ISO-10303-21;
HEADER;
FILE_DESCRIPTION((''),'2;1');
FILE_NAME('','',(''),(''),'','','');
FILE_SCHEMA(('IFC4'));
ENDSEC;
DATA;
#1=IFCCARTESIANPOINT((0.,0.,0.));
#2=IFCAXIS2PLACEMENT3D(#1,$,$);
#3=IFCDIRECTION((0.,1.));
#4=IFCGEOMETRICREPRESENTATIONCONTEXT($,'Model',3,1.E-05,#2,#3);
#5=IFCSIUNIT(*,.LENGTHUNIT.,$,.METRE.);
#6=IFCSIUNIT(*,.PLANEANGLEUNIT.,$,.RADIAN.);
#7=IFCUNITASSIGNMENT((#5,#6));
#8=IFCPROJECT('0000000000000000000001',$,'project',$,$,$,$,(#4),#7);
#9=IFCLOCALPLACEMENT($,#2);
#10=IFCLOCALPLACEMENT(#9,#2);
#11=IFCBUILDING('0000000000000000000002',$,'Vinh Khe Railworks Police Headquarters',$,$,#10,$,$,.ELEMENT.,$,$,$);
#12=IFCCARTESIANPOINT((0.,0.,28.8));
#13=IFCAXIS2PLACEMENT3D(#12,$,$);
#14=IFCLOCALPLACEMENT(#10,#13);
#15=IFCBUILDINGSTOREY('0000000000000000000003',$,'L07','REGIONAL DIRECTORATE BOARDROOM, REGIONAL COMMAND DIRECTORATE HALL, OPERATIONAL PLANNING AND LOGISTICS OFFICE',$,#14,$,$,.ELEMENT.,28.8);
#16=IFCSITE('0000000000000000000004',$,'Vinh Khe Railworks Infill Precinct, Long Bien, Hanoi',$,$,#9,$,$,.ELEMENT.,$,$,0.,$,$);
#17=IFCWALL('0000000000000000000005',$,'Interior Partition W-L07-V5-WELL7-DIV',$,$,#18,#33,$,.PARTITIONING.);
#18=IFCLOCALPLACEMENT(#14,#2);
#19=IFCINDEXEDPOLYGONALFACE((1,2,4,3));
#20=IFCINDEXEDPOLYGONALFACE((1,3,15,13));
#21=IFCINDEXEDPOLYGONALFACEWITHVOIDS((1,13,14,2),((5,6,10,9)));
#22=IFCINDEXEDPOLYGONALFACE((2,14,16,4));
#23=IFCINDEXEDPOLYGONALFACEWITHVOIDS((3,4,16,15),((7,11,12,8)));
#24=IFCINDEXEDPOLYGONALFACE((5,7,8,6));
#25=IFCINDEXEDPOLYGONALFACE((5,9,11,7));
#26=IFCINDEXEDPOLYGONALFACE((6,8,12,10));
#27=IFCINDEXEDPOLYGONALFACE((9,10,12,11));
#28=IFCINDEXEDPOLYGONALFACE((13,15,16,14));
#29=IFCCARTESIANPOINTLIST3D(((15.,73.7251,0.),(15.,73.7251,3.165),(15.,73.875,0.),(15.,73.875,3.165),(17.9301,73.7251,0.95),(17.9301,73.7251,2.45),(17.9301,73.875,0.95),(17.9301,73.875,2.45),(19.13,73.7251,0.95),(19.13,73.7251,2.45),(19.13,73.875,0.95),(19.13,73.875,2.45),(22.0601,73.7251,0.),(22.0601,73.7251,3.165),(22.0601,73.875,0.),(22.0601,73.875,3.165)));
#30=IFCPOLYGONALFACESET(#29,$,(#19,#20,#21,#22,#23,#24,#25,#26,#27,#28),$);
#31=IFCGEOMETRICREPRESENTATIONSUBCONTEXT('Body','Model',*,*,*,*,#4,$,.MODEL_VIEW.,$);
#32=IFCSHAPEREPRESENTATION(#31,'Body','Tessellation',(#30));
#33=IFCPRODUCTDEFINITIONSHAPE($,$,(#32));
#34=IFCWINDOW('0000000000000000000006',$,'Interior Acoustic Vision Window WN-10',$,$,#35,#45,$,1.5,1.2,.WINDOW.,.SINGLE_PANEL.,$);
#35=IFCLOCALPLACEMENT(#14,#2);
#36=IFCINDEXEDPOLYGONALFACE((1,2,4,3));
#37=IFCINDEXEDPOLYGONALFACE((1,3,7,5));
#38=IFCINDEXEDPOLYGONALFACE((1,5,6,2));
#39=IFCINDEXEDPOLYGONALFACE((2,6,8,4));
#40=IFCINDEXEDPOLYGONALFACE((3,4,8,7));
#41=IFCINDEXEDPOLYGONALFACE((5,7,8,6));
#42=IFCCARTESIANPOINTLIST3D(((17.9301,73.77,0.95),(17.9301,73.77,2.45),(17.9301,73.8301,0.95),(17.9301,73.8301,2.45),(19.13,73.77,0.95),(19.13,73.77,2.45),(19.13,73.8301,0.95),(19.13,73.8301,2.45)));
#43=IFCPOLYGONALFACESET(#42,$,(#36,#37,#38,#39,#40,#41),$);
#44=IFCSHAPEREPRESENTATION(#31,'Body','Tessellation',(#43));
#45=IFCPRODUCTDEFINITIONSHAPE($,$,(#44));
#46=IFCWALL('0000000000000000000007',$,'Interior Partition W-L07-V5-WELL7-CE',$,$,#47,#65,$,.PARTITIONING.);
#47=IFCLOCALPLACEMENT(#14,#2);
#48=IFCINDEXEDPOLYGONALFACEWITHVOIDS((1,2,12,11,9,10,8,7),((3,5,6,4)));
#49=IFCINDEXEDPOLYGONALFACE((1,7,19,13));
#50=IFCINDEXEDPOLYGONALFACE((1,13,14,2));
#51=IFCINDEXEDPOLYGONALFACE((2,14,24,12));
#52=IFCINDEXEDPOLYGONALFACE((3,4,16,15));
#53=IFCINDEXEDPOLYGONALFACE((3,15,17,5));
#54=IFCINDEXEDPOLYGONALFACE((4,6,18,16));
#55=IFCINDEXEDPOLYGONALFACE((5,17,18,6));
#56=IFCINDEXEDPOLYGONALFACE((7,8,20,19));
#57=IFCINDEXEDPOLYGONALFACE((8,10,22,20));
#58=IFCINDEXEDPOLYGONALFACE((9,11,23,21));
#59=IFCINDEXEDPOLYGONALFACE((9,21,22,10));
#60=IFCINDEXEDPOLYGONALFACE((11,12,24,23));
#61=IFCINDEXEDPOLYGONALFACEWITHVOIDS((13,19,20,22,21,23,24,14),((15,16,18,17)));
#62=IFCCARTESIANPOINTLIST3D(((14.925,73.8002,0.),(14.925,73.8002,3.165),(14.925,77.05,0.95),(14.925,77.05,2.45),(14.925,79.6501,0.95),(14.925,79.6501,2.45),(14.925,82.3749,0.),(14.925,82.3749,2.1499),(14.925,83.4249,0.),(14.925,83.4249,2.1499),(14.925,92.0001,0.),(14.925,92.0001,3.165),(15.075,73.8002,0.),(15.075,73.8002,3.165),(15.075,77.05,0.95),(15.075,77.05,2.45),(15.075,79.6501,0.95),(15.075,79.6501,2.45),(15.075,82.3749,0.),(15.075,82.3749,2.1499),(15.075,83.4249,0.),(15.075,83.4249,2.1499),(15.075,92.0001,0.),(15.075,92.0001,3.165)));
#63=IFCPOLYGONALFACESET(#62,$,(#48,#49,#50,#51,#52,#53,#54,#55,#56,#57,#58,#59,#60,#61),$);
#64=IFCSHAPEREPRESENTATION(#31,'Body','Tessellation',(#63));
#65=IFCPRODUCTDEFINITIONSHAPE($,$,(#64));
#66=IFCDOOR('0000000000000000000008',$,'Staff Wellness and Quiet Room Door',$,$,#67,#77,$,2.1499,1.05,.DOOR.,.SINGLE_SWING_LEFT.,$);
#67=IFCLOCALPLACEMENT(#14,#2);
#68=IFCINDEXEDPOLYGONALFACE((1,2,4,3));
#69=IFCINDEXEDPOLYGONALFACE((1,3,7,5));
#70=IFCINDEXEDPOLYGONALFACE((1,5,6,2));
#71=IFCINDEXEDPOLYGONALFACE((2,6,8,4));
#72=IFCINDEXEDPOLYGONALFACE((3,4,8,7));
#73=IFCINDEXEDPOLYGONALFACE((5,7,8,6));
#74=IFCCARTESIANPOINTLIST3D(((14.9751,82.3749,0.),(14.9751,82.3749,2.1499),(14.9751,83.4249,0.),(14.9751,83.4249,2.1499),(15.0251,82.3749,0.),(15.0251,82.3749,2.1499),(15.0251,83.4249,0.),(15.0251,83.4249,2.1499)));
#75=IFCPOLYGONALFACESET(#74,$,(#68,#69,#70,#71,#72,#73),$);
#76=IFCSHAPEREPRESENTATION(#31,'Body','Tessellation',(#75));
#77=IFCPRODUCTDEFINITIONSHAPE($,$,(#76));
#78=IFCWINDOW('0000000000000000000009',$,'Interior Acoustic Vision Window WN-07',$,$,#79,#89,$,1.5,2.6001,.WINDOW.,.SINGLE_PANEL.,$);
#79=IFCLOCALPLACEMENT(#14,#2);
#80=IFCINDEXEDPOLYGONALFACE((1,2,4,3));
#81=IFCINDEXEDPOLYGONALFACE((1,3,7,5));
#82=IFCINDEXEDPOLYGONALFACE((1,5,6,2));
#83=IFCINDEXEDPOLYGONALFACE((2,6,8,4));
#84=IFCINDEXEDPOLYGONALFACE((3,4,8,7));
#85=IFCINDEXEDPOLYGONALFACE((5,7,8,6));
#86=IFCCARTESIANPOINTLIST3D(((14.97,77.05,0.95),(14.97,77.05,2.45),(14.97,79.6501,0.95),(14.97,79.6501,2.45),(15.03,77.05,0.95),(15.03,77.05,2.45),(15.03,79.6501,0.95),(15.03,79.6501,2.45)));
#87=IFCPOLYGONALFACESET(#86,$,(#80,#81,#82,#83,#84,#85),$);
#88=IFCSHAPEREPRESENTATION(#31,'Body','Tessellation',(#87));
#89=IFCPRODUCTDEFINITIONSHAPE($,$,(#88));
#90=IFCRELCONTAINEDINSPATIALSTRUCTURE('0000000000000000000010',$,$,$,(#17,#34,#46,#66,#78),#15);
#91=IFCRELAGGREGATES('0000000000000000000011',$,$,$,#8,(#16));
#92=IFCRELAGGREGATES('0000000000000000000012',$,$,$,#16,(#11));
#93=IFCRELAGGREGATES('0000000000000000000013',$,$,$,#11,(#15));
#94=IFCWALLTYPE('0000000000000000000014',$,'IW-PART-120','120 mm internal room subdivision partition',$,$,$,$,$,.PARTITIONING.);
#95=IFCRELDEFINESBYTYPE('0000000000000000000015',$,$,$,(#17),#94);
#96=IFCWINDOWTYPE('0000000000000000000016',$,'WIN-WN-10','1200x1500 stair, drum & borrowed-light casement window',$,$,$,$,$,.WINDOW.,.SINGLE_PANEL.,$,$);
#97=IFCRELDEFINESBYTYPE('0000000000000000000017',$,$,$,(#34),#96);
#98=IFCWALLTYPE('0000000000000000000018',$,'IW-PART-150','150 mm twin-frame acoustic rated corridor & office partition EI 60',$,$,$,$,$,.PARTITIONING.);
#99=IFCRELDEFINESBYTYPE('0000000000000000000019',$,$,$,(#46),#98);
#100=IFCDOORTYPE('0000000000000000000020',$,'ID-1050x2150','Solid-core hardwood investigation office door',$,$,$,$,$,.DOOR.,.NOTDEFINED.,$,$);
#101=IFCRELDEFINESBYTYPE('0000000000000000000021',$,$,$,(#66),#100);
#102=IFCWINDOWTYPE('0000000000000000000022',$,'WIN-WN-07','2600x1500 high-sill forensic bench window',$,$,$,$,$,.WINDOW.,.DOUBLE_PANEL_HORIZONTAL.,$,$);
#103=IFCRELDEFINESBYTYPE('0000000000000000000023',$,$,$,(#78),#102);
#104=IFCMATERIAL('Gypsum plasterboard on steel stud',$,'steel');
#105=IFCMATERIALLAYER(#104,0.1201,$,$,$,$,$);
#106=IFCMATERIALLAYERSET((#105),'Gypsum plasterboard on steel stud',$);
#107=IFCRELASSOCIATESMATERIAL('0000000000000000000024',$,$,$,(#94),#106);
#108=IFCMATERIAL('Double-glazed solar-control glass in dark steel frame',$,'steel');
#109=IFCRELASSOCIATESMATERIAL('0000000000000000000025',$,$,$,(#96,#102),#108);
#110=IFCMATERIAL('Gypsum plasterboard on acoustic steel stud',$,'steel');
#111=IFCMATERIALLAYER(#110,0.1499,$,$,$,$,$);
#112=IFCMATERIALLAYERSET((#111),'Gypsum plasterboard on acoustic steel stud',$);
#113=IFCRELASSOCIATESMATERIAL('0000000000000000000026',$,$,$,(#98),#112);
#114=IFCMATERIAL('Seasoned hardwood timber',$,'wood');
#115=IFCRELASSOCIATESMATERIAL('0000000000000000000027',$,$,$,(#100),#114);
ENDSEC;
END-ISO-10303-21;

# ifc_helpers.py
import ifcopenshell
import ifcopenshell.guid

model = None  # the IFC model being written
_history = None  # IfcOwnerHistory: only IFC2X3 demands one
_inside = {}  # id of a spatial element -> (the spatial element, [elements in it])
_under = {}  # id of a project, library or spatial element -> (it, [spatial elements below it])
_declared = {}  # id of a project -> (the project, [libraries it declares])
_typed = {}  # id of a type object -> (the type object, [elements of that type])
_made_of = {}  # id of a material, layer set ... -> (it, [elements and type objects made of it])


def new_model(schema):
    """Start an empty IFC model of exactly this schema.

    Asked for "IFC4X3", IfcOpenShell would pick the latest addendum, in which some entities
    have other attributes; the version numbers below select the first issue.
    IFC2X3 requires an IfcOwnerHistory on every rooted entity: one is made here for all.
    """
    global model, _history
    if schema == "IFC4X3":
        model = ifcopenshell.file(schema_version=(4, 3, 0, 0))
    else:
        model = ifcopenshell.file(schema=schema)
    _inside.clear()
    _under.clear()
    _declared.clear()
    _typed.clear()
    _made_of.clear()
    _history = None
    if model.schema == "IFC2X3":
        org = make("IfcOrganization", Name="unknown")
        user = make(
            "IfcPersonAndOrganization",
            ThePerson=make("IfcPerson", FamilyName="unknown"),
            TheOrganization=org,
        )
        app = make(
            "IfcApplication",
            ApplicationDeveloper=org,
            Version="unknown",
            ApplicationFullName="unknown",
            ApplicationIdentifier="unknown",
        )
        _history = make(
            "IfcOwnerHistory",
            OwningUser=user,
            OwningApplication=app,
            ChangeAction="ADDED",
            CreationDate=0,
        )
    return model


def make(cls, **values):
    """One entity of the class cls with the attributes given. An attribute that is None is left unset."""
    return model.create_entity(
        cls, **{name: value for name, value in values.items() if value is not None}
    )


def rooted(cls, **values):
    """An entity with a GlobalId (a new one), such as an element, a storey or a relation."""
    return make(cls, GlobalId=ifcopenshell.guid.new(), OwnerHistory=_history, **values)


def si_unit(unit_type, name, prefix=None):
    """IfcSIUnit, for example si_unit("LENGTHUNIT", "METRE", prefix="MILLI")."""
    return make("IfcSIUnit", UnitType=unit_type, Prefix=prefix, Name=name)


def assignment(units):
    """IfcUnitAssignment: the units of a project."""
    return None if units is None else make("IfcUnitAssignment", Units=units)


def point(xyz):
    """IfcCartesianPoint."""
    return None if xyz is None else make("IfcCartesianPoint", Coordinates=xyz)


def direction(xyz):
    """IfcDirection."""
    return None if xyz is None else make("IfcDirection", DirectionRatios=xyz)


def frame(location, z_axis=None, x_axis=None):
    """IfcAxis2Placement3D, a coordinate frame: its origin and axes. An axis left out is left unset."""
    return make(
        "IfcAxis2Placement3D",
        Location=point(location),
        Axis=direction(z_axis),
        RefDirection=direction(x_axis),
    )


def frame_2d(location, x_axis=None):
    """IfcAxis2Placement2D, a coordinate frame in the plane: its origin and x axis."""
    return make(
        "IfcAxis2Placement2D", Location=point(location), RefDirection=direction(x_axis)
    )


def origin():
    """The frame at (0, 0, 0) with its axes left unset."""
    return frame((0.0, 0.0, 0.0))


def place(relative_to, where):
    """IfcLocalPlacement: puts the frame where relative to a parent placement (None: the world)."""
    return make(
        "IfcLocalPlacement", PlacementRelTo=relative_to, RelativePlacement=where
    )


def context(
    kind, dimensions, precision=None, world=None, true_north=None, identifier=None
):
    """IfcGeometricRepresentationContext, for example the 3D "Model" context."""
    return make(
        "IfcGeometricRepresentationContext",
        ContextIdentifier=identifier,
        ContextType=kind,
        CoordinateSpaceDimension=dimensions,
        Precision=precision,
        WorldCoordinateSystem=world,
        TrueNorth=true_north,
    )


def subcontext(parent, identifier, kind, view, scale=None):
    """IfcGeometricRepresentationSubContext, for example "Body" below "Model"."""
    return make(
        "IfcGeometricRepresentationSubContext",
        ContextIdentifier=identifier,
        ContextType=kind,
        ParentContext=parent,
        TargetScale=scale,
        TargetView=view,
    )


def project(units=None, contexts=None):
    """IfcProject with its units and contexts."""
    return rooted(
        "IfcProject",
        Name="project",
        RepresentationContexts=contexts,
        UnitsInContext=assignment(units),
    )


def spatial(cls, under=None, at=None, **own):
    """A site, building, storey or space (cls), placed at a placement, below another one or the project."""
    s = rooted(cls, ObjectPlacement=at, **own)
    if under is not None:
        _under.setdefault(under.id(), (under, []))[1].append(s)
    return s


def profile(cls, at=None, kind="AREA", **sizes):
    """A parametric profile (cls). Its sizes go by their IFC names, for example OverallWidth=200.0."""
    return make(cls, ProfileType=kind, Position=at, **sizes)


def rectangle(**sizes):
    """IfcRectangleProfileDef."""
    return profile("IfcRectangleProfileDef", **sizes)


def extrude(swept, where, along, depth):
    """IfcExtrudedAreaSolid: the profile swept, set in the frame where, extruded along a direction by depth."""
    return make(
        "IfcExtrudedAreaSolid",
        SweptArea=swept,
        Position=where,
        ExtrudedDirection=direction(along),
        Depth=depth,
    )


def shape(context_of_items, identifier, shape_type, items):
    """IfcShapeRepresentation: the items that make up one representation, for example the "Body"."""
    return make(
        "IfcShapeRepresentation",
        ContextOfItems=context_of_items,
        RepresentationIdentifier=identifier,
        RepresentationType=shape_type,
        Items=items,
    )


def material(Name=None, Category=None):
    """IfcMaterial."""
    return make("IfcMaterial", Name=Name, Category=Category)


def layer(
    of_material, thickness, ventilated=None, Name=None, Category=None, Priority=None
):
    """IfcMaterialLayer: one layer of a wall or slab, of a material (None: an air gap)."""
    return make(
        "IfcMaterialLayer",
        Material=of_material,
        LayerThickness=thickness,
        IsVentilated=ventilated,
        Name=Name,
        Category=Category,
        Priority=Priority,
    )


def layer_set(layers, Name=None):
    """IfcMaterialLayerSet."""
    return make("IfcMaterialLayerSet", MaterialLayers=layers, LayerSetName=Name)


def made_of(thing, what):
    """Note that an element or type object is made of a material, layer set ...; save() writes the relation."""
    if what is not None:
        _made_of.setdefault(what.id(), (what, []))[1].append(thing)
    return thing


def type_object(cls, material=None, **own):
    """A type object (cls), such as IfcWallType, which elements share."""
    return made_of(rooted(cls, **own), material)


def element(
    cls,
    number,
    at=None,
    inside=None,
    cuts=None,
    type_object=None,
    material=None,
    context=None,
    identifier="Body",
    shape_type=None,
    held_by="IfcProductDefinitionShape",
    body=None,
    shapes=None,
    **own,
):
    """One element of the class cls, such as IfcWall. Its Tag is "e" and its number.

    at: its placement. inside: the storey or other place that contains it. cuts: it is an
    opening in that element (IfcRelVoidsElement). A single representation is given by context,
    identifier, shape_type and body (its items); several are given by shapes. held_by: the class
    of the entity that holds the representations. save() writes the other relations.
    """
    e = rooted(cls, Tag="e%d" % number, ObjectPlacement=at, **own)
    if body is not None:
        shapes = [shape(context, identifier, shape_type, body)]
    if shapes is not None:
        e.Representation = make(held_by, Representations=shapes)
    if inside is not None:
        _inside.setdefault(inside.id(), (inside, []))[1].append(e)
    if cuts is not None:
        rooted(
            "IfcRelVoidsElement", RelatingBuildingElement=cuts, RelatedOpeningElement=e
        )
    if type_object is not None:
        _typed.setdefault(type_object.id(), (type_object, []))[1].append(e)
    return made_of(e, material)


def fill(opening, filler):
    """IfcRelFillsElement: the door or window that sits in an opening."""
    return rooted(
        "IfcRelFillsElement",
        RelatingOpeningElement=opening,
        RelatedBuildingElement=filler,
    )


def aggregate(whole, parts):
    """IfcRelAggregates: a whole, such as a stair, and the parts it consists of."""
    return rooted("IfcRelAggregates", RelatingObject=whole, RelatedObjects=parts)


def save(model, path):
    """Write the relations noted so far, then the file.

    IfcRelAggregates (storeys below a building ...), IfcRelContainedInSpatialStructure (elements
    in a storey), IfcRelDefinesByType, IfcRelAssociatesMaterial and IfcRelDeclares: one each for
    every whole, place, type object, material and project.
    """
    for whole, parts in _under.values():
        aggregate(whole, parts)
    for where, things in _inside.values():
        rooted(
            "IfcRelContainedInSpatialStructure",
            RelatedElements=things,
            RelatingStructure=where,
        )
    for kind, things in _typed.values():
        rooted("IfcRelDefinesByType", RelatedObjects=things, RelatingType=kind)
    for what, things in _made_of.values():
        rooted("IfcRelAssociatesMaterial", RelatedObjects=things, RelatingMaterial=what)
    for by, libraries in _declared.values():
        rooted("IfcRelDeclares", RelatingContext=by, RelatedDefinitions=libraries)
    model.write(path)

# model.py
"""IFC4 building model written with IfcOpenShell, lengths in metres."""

from ifc_helpers import new_model, si_unit, direction, frame, frame_2d, origin, place, context, subcontext, project, spatial, rectangle, extrude, material, layer, layer_set, type_object, element, fill, save


model = new_model("IFC4")

# Units and contexts
model_context = context("Model", 3, precision=1e-05, world=origin(), true_north=direction((0.0, 1.0)))
body_context = subcontext(model_context, "Body", "Model", "MODEL_VIEW")
ifc_project = project(units=[si_unit("LENGTHUNIT", "METRE"), si_unit("PLANEANGLEUNIT", "RADIAN")], contexts=[model_context])

# Site, building, storey
site_placement = place(None, origin())
site = spatial("IfcSite", under=ifc_project, at=site_placement, Name="Vinh Khe Railworks Infill Precinct, Long Bien, Hanoi", CompositionType="ELEMENT", RefElevation=0.0)
building_placement = place(site_placement, origin())
building = spatial("IfcBuilding", under=site, at=building_placement, Name="Vinh Khe Railworks Police Headquarters", CompositionType="ELEMENT")
storey_placement = place(building_placement, frame((0.0, 0.0, 28.8)))
storey = spatial("IfcBuildingStorey", under=building, at=storey_placement, Name="L07", Description="REGIONAL DIRECTORATE BOARDROOM, REGIONAL COMMAND DIRECTORATE HALL, OPERATIONAL PLANNING AND LOGISTICS OFFICE", CompositionType="ELEMENT", Elevation=28.8)

# Wall, opening, window
ifc_material_1 = material(Name="Double-glazed solar-control glass in dark steel frame", Category="steel")
ifc_material_2 = material(Name="Gypsum plasterboard on steel stud", Category="steel")
ifc_layer_1 = layer(ifc_material_2, 0.1201)
ifc_layer_set_1 = layer_set([ifc_layer_1], Name="Gypsum plasterboard on steel stud")
wall_type_1 = type_object("IfcWallType", Name="IW-PART-120", Description="120 mm internal room subdivision partition", PredefinedType="PARTITIONING", material=ifc_layer_set_1)
wall_1_placement = place(storey_placement, frame((15.0, 73.8, 0.0), z_axis=(0.0, 0.0, 1.0), x_axis=(1.0, 0.0, 0.0)))
wall_1 = element("IfcWall", 1, at=wall_1_placement, inside=storey, type_object=wall_type_1, Name="Interior Partition W-L07-V5-WELL7-DIV", PredefinedType="PARTITIONING", context=body_context, shape_type="SweptSolid", body=[
    extrude(rectangle(XDim=7.0601, YDim=0.1499, at=frame_2d((3.53, 0.0))), origin(), (0.0, 0.0, 1.0), 3.165),
])
opening_1_placement = place(wall_1_placement, frame((2.9299, 0.0, 0.95)))
opening_1 = element("IfcOpeningElement", 2, at=opening_1_placement, cuts=wall_1, PredefinedType="OPENING", context=body_context, shape_type="SweptSolid", body=[
    extrude(rectangle(XDim=1.2, YDim=1.5, at=frame_2d((0.6001, 0.75))), frame((0.0, 0.0898, 0.0), z_axis=(0.0, -1.0, 0.0), x_axis=(1.0, 0.0, 0.0)), (0.0, 0.0, 1.0), 0.1797),
])
window_type_1 = type_object("IfcWindowType", Name="WIN-WN-10", Description="1200x1500 stair, drum & borrowed-light casement window", PartitioningType="SINGLE_PANEL", PredefinedType="WINDOW", material=ifc_material_1)
window_1_placement = place(opening_1_placement, origin())
window_1 = element("IfcWindow", 3, at=window_1_placement, inside=storey, type_object=window_type_1, Name="Interior Acoustic Vision Window WN-10", OverallHeight=1.5, OverallWidth=1.2, PartitioningType="SINGLE_PANEL", PredefinedType="WINDOW", context=body_context, shape_type="SweptSolid", body=[
    extrude(rectangle(XDim=1.2, YDim=1.5, at=frame_2d((0.6001, 0.75))), frame((0.0, 0.03, 0.0), z_axis=(0.0, -1.0, 0.0), x_axis=(1.0, 0.0, 0.0)), (0.0, 0.0, 1.0), 0.0601),
])
fill(opening_1, window_1)

# Wall, openings, door, window
ifc_material_3 = material(Name="Gypsum plasterboard on acoustic steel stud", Category="steel")
ifc_layer_2 = layer(ifc_material_3, 0.1499)
ifc_layer_set_2 = layer_set([ifc_layer_2], Name="Gypsum plasterboard on acoustic steel stud")
wall_type_2 = type_object("IfcWallType", Name="IW-PART-150", Description="150 mm twin-frame acoustic rated corridor & office partition EI 60", PredefinedType="PARTITIONING", material=ifc_layer_set_2)
wall_2_placement = place(storey_placement, frame((15.0, 73.8, 0.0), z_axis=(0.0, 0.0, 1.0), x_axis=(0.0, 1.0, 0.0)))
wall_2 = element("IfcWall", 4, at=wall_2_placement, inside=storey, type_object=wall_type_2, Name="Interior Partition W-L07-V5-WELL7-CE", PredefinedType="PARTITIONING", context=body_context, shape_type="SweptSolid", body=[
    extrude(rectangle(XDim=18.2, YDim=0.1499, at=frame_2d((9.1001, 0.0))), origin(), (0.0, 0.0, 1.0), 3.165),
])
opening_2_placement = place(wall_2_placement, frame((8.575, 0.0, 0.0)))
opening_2 = element("IfcOpeningElement", 5, at=opening_2_placement, cuts=wall_2, PredefinedType="OPENING", context=body_context, shape_type="SweptSolid", body=[
    extrude(rectangle(XDim=1.05, YDim=2.1499, at=frame_2d((0.5249, 1.075))), frame((0.0, 0.0898, 0.0), z_axis=(0.0, -1.0, 0.0), x_axis=(1.0, 0.0, 0.0)), (0.0, 0.0, 1.0), 0.1797),
])
opening_3_placement = place(wall_2_placement, frame((3.25, 0.0, 0.95)))
opening_3 = element("IfcOpeningElement", 6, at=opening_3_placement, cuts=wall_2, PredefinedType="OPENING", context=body_context, shape_type="SweptSolid", body=[
    extrude(rectangle(XDim=2.6001, YDim=1.5, at=frame_2d((1.3, 0.75))), frame((0.0, 0.0898, 0.0), z_axis=(0.0, -1.0, 0.0), x_axis=(1.0, 0.0, 0.0)), (0.0, 0.0, 1.0), 0.1797),
])
ifc_material_4 = material(Name="Seasoned hardwood timber", Category="wood")
door_type = type_object("IfcDoorType", Name="ID-1050x2150", Description="Solid-core hardwood investigation office door", OperationType="NOTDEFINED", PredefinedType="DOOR", material=ifc_material_4)
door_placement = place(opening_2_placement, origin())
door = element("IfcDoor", 7, at=door_placement, inside=storey, type_object=door_type, Name="Staff Wellness and Quiet Room Door", OperationType="SINGLE_SWING_LEFT", OverallHeight=2.1499, OverallWidth=1.05, PredefinedType="DOOR", context=body_context, shape_type="SweptSolid", body=[
    extrude(rectangle(XDim=1.05, YDim=2.1499, at=frame_2d((0.5249, 1.075))), frame((0.0, 0.0249, 0.0), z_axis=(0.0, -1.0, 0.0), x_axis=(1.0, 0.0, 0.0)), (0.0, 0.0, 1.0), 0.05),
])
fill(opening_2, door)
window_type_2 = type_object("IfcWindowType", Name="WIN-WN-07", Description="2600x1500 high-sill forensic bench window", PartitioningType="DOUBLE_PANEL_HORIZONTAL", PredefinedType="WINDOW", material=ifc_material_1)
window_2_placement = place(opening_3_placement, origin())
window_2 = element("IfcWindow", 8, at=window_2_placement, inside=storey, type_object=window_type_2, Name="Interior Acoustic Vision Window WN-07", OverallHeight=1.5, OverallWidth=2.6001, PartitioningType="SINGLE_PANEL", PredefinedType="WINDOW", context=body_context, shape_type="SweptSolid", body=[
    extrude(rectangle(XDim=2.6001, YDim=1.5, at=frame_2d((1.3, 0.75))), frame((0.0, 0.03, 0.0), z_axis=(0.0, -1.0, 0.0), x_axis=(1.0, 0.0, 0.0)), (0.0, 0.0, 1.0), 0.0601),
])
fill(opening_3, window_2)

save(model, "model.ifc")
